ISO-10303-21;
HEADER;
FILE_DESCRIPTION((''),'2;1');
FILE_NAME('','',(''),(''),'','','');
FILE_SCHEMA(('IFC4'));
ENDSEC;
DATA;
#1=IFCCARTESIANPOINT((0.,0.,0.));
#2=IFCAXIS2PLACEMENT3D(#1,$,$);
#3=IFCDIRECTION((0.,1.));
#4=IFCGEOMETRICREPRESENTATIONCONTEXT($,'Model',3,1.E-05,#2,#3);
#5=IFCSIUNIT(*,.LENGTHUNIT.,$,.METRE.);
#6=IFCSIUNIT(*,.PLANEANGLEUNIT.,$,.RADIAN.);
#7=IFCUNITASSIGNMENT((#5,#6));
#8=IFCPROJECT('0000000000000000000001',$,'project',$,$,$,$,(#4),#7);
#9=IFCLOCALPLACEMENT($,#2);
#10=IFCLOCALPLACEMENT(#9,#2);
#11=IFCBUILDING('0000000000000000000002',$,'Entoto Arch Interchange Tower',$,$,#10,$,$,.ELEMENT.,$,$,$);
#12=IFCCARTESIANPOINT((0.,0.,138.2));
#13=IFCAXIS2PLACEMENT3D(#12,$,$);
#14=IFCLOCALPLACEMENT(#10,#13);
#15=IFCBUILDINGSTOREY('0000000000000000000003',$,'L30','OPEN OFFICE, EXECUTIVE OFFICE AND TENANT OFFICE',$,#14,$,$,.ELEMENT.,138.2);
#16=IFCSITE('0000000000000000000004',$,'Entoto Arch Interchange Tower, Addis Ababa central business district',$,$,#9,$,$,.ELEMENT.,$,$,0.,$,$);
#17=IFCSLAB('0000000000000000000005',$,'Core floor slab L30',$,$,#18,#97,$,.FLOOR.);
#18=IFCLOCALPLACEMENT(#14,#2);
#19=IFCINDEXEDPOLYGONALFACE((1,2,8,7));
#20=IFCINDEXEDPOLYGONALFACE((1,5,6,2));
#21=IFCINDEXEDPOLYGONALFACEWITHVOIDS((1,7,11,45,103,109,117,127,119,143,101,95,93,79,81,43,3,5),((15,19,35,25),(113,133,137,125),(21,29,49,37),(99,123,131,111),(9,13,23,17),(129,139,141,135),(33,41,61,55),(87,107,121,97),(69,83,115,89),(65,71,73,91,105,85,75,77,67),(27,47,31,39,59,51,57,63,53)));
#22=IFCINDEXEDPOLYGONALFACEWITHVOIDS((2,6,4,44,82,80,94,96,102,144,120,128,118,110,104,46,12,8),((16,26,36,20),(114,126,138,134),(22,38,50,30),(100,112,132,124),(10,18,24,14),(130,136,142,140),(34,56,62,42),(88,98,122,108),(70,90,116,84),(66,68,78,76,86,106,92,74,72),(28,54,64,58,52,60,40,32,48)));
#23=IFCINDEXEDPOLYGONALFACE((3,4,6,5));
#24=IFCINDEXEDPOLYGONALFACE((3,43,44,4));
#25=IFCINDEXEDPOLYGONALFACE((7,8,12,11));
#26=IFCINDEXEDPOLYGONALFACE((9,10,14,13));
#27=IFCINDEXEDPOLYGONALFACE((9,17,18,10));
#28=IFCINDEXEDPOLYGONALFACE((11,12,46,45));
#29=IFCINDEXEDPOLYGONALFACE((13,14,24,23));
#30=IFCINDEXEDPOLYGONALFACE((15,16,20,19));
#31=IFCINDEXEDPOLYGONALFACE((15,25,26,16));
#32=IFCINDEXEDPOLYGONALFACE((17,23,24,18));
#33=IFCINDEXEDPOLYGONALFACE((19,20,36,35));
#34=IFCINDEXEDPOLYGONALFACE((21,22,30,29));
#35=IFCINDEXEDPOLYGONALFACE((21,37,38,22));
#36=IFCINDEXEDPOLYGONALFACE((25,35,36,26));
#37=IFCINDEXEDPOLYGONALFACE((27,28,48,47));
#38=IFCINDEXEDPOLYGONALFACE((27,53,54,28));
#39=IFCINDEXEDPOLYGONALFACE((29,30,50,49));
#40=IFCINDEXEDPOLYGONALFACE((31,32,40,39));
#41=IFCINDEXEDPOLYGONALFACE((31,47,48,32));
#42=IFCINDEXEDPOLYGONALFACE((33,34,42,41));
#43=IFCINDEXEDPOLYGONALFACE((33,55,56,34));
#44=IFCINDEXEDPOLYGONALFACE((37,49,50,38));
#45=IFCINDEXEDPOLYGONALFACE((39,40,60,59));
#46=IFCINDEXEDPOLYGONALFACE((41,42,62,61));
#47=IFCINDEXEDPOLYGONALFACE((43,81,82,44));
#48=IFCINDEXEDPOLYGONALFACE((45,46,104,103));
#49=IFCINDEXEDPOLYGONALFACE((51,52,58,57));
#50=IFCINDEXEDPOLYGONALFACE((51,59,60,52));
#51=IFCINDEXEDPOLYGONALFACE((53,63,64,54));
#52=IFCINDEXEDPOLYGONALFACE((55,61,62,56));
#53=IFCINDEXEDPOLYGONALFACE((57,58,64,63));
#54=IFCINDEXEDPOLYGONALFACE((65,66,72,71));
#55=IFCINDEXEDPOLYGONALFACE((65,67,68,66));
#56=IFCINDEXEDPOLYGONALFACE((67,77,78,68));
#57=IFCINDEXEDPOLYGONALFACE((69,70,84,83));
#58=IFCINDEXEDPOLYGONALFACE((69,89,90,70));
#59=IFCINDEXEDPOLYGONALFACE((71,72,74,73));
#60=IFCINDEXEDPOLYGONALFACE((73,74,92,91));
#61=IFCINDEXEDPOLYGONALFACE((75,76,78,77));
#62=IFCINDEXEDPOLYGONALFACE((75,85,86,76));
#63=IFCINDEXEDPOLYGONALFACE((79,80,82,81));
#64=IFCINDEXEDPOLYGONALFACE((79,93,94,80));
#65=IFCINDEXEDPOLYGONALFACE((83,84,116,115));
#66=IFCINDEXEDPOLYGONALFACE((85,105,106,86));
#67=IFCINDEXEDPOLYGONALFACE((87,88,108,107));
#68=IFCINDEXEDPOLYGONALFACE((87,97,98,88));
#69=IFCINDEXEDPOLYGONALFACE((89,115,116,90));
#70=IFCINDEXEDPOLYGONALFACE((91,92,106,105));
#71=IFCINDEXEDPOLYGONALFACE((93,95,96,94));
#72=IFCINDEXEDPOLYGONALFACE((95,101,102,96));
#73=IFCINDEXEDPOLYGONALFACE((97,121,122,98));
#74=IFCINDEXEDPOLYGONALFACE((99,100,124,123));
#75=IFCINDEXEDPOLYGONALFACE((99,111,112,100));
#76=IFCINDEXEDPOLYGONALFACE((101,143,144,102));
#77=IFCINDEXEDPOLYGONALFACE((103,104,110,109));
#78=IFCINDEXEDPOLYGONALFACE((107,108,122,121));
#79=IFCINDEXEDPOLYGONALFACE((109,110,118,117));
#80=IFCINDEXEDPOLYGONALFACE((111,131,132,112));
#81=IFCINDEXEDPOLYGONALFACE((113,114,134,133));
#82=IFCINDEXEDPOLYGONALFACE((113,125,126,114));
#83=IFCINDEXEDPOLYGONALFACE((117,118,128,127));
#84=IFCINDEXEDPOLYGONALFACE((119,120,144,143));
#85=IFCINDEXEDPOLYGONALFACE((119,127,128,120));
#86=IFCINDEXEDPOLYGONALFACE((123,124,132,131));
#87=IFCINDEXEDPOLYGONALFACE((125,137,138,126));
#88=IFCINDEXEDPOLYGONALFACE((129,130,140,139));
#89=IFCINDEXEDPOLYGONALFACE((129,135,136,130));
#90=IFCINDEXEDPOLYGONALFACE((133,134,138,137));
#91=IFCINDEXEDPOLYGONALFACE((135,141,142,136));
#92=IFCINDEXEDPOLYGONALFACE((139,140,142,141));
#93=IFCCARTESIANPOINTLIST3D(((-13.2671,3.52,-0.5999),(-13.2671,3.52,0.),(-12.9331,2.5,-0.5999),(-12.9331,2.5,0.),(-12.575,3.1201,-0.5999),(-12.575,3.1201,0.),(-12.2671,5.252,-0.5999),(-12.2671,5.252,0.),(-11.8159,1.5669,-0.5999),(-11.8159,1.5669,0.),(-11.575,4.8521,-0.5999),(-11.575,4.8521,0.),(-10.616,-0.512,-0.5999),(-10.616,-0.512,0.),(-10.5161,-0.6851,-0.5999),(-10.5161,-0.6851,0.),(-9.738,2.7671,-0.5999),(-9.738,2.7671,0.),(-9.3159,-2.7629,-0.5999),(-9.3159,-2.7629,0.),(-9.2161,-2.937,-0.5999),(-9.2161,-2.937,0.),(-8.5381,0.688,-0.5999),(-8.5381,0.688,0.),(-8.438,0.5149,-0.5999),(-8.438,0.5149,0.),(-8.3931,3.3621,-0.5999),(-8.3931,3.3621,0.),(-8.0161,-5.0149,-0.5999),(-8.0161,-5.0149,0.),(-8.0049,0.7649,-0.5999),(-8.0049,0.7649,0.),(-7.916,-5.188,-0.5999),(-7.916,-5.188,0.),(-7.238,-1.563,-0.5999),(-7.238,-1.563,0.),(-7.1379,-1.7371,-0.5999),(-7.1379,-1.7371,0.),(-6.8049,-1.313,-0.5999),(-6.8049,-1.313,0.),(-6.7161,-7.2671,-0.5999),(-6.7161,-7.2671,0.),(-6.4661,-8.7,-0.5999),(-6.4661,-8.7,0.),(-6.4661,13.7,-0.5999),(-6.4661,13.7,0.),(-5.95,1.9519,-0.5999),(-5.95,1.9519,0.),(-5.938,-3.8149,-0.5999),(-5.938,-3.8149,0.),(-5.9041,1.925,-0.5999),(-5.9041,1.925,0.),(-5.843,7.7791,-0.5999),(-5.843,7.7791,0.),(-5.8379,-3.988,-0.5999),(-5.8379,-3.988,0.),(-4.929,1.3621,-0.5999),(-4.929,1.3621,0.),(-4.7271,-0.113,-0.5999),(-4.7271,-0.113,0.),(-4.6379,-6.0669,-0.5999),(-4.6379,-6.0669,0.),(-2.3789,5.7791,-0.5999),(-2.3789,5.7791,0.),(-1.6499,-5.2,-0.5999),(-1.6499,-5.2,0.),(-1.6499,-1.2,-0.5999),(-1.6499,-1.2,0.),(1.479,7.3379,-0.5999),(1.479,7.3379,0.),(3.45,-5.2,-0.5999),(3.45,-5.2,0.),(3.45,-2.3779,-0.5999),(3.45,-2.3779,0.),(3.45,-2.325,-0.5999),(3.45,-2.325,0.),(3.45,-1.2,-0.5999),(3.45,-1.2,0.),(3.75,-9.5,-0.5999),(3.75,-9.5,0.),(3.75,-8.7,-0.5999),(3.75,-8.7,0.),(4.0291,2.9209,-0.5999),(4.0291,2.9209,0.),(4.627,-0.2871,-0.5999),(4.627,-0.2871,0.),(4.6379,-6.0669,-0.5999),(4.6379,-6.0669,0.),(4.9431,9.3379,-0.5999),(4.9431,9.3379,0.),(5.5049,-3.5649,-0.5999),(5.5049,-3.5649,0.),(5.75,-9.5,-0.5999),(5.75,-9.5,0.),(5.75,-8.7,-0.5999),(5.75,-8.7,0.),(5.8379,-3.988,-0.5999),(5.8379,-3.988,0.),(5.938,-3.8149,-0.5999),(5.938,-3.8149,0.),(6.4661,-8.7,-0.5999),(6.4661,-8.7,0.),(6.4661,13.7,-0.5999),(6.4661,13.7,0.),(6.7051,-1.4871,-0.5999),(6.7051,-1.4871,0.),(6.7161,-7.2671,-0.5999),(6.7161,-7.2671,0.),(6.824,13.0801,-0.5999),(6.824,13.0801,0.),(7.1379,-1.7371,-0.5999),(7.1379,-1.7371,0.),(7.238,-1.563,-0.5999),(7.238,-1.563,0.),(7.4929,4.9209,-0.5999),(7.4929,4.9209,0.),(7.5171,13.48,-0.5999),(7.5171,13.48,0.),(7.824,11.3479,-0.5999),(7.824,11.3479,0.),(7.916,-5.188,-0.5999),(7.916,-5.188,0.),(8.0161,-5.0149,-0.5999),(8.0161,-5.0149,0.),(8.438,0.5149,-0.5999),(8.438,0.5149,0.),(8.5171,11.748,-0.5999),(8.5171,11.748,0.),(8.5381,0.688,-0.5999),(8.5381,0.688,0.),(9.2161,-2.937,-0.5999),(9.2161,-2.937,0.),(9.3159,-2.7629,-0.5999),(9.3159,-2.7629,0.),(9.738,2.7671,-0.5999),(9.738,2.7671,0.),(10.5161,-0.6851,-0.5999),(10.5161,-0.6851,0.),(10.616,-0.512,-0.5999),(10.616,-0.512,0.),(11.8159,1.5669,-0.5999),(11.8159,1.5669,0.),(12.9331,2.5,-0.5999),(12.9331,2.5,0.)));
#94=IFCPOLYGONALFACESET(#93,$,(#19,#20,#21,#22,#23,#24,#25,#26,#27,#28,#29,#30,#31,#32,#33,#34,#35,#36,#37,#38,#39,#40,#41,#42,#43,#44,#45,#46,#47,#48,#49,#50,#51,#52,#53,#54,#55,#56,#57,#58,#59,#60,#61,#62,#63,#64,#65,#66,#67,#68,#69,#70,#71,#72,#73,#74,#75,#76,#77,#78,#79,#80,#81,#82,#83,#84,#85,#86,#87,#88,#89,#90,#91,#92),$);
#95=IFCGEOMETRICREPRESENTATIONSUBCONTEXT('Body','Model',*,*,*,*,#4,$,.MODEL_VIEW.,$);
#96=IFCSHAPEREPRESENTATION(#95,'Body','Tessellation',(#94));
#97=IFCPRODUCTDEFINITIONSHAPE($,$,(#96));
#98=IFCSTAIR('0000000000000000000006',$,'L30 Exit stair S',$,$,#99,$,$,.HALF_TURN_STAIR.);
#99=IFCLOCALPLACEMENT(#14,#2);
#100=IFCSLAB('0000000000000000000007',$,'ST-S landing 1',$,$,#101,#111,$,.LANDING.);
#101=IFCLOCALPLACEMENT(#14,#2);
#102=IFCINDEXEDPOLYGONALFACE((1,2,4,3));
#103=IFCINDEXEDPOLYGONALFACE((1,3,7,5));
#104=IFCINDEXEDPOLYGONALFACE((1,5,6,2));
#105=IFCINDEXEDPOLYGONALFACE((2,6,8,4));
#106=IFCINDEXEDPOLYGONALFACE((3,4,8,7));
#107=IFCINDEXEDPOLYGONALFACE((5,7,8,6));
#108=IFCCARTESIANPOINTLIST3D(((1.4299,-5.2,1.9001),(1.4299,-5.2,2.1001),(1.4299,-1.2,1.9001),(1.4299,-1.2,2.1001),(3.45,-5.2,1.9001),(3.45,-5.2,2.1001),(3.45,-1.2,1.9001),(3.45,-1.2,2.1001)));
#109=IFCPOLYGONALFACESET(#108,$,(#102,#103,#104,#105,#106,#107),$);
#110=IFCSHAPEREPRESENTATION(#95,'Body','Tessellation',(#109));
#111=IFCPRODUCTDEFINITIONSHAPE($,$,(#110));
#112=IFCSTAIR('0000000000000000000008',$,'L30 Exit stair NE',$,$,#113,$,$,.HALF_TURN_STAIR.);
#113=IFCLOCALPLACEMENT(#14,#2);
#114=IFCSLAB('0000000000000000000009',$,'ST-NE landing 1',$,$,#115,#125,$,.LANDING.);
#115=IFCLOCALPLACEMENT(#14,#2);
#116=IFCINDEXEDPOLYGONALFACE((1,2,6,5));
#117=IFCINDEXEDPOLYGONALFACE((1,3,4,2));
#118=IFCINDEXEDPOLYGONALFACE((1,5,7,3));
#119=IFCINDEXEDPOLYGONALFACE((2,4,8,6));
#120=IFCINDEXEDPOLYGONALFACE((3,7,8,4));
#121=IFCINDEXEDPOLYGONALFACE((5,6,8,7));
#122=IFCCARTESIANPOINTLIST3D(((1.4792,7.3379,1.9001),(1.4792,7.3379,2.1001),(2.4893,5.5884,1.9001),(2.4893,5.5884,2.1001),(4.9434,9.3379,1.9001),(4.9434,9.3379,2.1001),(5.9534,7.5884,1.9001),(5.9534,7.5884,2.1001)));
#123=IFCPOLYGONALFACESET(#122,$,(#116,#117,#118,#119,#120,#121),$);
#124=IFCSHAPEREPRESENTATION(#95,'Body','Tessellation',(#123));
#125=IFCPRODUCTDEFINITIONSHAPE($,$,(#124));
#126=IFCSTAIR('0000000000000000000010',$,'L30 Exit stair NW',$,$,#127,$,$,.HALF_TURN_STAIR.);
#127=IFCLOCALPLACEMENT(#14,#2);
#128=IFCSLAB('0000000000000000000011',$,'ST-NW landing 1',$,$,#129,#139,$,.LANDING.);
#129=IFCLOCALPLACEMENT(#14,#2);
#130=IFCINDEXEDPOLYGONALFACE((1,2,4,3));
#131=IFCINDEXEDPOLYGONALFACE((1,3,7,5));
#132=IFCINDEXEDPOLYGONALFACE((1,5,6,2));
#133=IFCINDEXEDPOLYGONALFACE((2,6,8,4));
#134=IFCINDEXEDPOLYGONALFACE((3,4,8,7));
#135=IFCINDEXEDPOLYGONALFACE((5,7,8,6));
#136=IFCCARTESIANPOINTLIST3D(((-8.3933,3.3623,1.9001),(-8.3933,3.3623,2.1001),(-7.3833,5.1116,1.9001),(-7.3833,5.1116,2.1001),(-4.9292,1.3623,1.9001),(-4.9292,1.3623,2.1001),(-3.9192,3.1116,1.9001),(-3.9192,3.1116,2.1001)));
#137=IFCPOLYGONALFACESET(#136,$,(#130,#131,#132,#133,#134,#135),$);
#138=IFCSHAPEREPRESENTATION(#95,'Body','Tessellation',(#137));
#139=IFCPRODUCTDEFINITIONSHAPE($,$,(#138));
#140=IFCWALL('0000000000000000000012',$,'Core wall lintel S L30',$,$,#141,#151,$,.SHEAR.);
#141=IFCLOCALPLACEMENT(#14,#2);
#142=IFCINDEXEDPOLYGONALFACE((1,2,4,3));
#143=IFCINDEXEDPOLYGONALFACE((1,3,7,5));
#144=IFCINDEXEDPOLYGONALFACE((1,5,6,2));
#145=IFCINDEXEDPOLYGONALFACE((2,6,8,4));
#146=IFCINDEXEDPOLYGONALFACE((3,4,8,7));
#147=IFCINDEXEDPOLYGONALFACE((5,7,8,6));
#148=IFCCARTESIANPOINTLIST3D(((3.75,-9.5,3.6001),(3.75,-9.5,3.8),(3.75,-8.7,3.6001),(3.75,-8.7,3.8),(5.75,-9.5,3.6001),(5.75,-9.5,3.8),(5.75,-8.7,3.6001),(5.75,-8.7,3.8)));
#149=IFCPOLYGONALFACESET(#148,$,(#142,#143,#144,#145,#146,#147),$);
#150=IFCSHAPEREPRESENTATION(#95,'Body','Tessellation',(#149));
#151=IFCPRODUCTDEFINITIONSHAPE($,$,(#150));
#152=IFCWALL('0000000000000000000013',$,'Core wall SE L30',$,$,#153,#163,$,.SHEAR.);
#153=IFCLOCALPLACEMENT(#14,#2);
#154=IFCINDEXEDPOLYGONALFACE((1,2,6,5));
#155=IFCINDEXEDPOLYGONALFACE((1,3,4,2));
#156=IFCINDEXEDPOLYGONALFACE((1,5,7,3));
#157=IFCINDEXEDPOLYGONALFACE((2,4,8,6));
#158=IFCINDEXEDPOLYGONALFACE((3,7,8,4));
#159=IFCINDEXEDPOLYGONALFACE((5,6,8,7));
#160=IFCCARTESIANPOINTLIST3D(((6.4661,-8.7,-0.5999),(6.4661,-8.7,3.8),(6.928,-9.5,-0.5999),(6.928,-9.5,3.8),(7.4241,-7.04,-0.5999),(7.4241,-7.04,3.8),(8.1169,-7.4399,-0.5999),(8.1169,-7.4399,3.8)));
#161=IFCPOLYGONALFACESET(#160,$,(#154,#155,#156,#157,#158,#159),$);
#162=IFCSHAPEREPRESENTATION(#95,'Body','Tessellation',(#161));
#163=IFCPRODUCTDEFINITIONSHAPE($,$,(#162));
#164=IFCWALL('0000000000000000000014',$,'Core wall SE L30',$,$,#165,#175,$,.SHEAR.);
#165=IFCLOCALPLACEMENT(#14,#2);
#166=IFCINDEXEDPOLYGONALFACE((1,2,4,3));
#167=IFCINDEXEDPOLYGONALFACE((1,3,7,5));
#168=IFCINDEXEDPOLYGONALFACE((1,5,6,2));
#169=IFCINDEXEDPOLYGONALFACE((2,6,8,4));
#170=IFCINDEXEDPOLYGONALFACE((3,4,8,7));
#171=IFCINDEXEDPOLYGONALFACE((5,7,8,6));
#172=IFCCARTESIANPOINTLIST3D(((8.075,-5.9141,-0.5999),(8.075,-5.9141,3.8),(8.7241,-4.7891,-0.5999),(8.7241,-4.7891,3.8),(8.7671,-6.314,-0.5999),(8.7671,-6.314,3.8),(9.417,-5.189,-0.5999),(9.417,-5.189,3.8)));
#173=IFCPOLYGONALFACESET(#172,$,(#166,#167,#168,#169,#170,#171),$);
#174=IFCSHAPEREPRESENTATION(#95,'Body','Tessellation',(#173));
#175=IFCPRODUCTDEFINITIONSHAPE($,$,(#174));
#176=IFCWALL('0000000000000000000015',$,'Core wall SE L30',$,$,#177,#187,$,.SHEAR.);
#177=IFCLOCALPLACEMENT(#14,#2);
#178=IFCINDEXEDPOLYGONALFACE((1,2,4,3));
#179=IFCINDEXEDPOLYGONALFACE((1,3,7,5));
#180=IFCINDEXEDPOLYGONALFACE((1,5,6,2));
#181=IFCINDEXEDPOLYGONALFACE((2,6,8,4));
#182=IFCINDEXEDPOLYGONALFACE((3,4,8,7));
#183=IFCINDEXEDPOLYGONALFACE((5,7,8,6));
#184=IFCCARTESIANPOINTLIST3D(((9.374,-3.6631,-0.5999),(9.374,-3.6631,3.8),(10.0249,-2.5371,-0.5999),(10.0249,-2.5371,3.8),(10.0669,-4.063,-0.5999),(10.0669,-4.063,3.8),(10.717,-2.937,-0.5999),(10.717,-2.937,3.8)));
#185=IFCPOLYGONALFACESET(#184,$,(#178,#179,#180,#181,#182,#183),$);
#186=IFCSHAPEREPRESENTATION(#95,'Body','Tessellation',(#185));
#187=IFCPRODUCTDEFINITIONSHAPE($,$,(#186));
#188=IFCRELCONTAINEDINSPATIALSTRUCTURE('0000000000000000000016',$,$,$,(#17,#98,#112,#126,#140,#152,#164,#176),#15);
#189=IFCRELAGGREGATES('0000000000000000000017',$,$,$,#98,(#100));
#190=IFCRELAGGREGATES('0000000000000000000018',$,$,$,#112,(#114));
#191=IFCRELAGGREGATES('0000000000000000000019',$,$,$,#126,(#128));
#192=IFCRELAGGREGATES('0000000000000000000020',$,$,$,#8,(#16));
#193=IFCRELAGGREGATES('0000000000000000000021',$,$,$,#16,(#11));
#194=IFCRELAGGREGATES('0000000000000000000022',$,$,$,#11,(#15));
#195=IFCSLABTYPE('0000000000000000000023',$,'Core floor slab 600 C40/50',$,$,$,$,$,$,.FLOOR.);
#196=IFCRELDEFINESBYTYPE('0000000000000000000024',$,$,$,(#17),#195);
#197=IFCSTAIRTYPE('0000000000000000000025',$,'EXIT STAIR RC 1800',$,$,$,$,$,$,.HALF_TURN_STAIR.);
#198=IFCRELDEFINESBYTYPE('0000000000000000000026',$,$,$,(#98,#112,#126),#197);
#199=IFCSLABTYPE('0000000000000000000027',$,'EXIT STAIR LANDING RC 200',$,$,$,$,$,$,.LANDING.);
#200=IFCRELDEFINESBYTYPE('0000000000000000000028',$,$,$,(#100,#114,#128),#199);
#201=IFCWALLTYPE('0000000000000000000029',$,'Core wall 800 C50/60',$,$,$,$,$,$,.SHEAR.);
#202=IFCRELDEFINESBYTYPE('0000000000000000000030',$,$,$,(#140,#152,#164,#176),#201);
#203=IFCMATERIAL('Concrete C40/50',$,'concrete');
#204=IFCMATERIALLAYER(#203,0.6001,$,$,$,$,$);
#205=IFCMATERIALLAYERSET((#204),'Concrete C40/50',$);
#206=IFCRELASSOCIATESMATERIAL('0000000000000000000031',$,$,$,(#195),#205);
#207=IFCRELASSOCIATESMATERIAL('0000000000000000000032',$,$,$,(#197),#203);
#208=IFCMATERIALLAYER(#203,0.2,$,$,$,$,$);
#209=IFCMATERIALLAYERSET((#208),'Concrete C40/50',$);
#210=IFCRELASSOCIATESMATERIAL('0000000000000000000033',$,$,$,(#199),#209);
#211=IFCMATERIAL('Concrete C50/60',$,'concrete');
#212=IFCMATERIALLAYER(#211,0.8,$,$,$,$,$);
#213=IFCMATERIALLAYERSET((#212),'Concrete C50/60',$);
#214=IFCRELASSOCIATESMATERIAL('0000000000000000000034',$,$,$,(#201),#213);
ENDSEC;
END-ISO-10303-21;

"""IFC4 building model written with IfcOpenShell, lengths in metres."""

from ifc_helpers import new_model, si_unit, direction, frame, origin, place, context, subcontext, project, spatial, polyline, outline, extrude, material, layer, layer_set, type_object, element, aggregate, save


model = new_model("IFC4")

# Units and contexts
model_context = context("Model", 3, precision=1e-05, world=origin(), true_north=direction((0.0, 1.0)))
body_context = subcontext(model_context, "Body", "Model", "MODEL_VIEW")
ifc_project = project(units=[si_unit("LENGTHUNIT", "METRE"), si_unit("PLANEANGLEUNIT", "RADIAN")], contexts=[model_context])

# Site, building, storey
site_placement = place(None, origin())
site = spatial("IfcSite", under=ifc_project, at=site_placement, Name="Entoto Arch Interchange Tower, Addis Ababa central business district", CompositionType="ELEMENT", RefElevation=0.0)
building_placement = place(site_placement, origin())
building = spatial("IfcBuilding", under=site, at=building_placement, Name="Entoto Arch Interchange Tower", CompositionType="ELEMENT")
storey_placement = place(building_placement, frame((0.0, 0.0, 138.2)))
storey = spatial("IfcBuildingStorey", under=building, at=storey_placement, Name="L30", Description="OPEN OFFICE, EXECUTIVE OFFICE AND TENANT OFFICE", CompositionType="ELEMENT", Elevation=138.2)

# Slab
ifc_material_1 = material(Name="Concrete C40/50", Category="concrete")
ifc_layer_1 = layer(ifc_material_1, 0.6001)
ifc_layer_set_1 = layer_set([ifc_layer_1], Name="Concrete C40/50")
slab_type_1 = type_object("IfcSlabType", Name="Core floor slab 600 C40/50", PredefinedType="FLOOR", material=ifc_layer_set_1)
slab_1_placement = place(storey_placement, frame((0.0, 0.0, -0.5999)))
element("IfcSlab", 1, at=slab_1_placement, inside=storey, type_object=slab_type_1, Name="Core floor slab L30", PredefinedType="FLOOR", context=body_context, shape_type="SweptSolid", body=[
    extrude(outline(polyline([(5.75, -9.5), (3.75, -9.5), (3.75, -8.7), (-6.4661, -8.7), (-12.9331, 2.5), (-12.575, 3.1201), (-13.2671, 3.52), (-12.2671, 5.252), (-11.575, 4.8521), (-6.4661, 13.7), (6.4661, 13.7), (6.824, 13.0801), (7.5171, 13.48), (8.5171, 11.748), (7.824, 11.3479), (12.9331, 2.5), (6.4661, -8.7), (5.75, -8.7), (5.75, -9.5)]), holes=[polyline([(-5.8379, -3.988), (-7.916, -5.188), (-6.7161, -7.2671), (-4.6379, -6.0669), (-5.8379, -3.988)]), polyline([(-5.938, -3.8149), (-7.1379, -1.7371), (-9.2161, -2.937), (-8.0161, -5.0149), (-5.938, -3.8149)]), polyline([(5.5049, -3.5649), (6.7051, -1.4871), (4.627, -0.2871), (3.45, -2.325), (3.45, -1.2), (-1.6499, -1.2), (-1.6499, -5.2), (3.45, -5.2), (3.45, -2.3779), (5.5049, -3.5649)]), polyline([(-8.438, 0.5149), (-10.5161, -0.6851), (-9.3159, -2.7629), (-7.238, -1.563), (-8.438, 0.5149)]), polyline([(-4.7271, -0.113), (-5.9041, 1.925), (-4.929, 1.3621), (-2.3789, 5.7791), (-5.843, 7.7791), (-8.3931, 3.3621), (-5.95, 1.9519), (-8.0049, 0.7649), (-6.8049, -1.313), (-4.7271, -0.113)]), polyline([(-8.5381, 0.688), (-9.738, 2.7671), (-11.8159, 1.5669), (-10.616, -0.512), (-8.5381, 0.688)]), polyline([(5.8379, -3.988), (4.6379, -6.0669), (6.7161, -7.2671), (7.916, -5.188), (5.8379, -3.988)]), polyline([(7.1379, -1.7371), (5.938, -3.8149), (8.0161, -5.0149), (9.2161, -2.937), (7.1379, -1.7371)]), polyline([(8.438, 0.5149), (7.238, -1.563), (9.3159, -2.7629), (10.5161, -0.6851), (8.438, 0.5149)]), polyline([(9.738, 2.7671), (8.5381, 0.688), (10.616, -0.512), (11.8159, 1.5669), (9.738, 2.7671)]), polyline([(4.0291, 2.9209), (7.4929, 4.9209), (4.9431, 9.3379), (1.479, 7.3379), (4.0291, 2.9209)])]), origin(), (0.0, 0.0, 1.0), 0.5999),
])

# Stairs, slabs
stair_type = type_object("IfcStairType", Name="EXIT STAIR RC 1800", PredefinedType="HALF_TURN_STAIR", material=ifc_material_1)
stair_1_placement = place(storey_placement, origin())
stair_1 = element("IfcStair", 2, at=stair_1_placement, inside=storey, type_object=stair_type, Name="L30 Exit stair S", PredefinedType="HALF_TURN_STAIR")
ifc_layer_2 = layer(ifc_material_1, 0.2)
ifc_layer_set_2 = layer_set([ifc_layer_2], Name="Concrete C40/50")
slab_type_2 = type_object("IfcSlabType", Name="EXIT STAIR LANDING RC 200", PredefinedType="LANDING", material=ifc_layer_set_2)
slab_2_placement = place(storey_placement, frame((0.0, 0.0, 1.9001)))
slab_2 = element("IfcSlab", 3, at=slab_2_placement, type_object=slab_type_2, Name="ST-S landing 1", PredefinedType="LANDING", context=body_context, shape_type="SweptSolid", body=[
    extrude(outline(polyline([(1.4299, -5.2), (3.45, -5.2), (3.45, -1.2), (1.4299, -1.2), (1.4299, -5.2)])), origin(), (0.0, 0.0, 1.0), 0.2),
])
aggregate(stair_1, [slab_2])
stair_2_placement = place(storey_placement, origin())
stair_2 = element("IfcStair", 4, at=stair_2_placement, inside=storey, type_object=stair_type, Name="L30 Exit stair NE", PredefinedType="HALF_TURN_STAIR")
slab_3_placement = place(storey_placement, frame((0.0, 0.0, 1.9001)))
slab_3 = element("IfcSlab", 5, at=slab_3_placement, type_object=slab_type_2, Name="ST-NE landing 1", PredefinedType="LANDING", context=body_context, shape_type="SweptSolid", body=[
    extrude(outline(polyline([(5.9534, 7.5884), (4.9434, 9.3379), (1.4792, 7.3379), (2.4893, 5.5884), (5.9534, 7.5884)])), origin(), (0.0, 0.0, 1.0), 0.2),
])
aggregate(stair_2, [slab_3])
stair_3_placement = place(storey_placement, origin())
stair_3 = element("IfcStair", 6, at=stair_3_placement, inside=storey, type_object=stair_type, Name="L30 Exit stair NW", PredefinedType="HALF_TURN_STAIR")
slab_4_placement = place(storey_placement, frame((0.0, 0.0, 1.9001)))
slab_4 = element("IfcSlab", 7, at=slab_4_placement, type_object=slab_type_2, Name="ST-NW landing 1", PredefinedType="LANDING", context=body_context, shape_type="SweptSolid", body=[
    extrude(outline(polyline([(-7.3833, 5.1116), (-8.3933, 3.3623), (-4.9292, 1.3623), (-3.9192, 3.1116), (-7.3833, 5.1116)])), origin(), (0.0, 0.0, 1.0), 0.2),
])
aggregate(stair_3, [slab_4])

# Walls
ifc_material_2 = material(Name="Concrete C50/60", Category="concrete")
ifc_layer_3 = layer(ifc_material_2, 0.8)
ifc_layer_set_3 = layer_set([ifc_layer_3], Name="Concrete C50/60")
wall_type_1 = type_object("IfcWallType", Name="Core wall 800 C50/60", PredefinedType="SHEAR", material=ifc_layer_set_3)
wall_1_placement = place(storey_placement, frame((0.0, 0.0, 3.6001)))
element("IfcWall", 8, at=wall_1_placement, inside=storey, type_object=wall_type_1, Name="Core wall lintel S L30", PredefinedType="SHEAR", context=body_context, shape_type="SweptSolid", body=[
    extrude(outline(polyline([(5.75, -9.5), (5.75, -8.7), (3.75, -8.7), (3.75, -9.5), (5.75, -9.5)])), origin(), (0.0, 0.0, 1.0), 0.2),
])
wall_2_placement = place(storey_placement, frame((0.0, 0.0, -0.5999)))
element("IfcWall", 9, at=wall_2_placement, inside=storey, type_object=wall_type_1, Name="Core wall SE L30", PredefinedType="SHEAR", context=body_context, shape_type="SweptSolid", body=[
    extrude(outline(polyline([(8.1169, -7.4399), (7.4241, -7.04), (6.4661, -8.7), (6.928, -9.5), (8.1169, -7.4399)])), origin(), (0.0, 0.0, 1.0), 4.3999),
])
wall_3_placement = place(storey_placement, frame((0.0, 0.0, -0.5999)))
element("IfcWall", 10, at=wall_3_placement, inside=storey, type_object=wall_type_1, Name="Core wall SE L30", PredefinedType="SHEAR", context=body_context, shape_type="SweptSolid", body=[
    extrude(outline(polyline([(9.417, -5.189), (8.7241, -4.7891), (8.075, -5.9141), (8.7671, -6.314), (9.417, -5.189)])), origin(), (0.0, 0.0, 1.0), 4.3999),
])
wall_4_placement = place(storey_placement, frame((0.0, 0.0, -0.5999)))
element("IfcWall", 11, at=wall_4_placement, inside=storey, type_object=wall_type_1, Name="Core wall SE L30", PredefinedType="SHEAR", context=body_context, shape_type="SweptSolid", body=[
    extrude(outline(polyline([(10.717, -2.937), (10.0249, -2.5371), (9.374, -3.6631), (10.0669, -4.063), (10.717, -2.937)])), origin(), (0.0, 0.0, 1.0), 4.3999),
])

save(model, "model.ifc")
